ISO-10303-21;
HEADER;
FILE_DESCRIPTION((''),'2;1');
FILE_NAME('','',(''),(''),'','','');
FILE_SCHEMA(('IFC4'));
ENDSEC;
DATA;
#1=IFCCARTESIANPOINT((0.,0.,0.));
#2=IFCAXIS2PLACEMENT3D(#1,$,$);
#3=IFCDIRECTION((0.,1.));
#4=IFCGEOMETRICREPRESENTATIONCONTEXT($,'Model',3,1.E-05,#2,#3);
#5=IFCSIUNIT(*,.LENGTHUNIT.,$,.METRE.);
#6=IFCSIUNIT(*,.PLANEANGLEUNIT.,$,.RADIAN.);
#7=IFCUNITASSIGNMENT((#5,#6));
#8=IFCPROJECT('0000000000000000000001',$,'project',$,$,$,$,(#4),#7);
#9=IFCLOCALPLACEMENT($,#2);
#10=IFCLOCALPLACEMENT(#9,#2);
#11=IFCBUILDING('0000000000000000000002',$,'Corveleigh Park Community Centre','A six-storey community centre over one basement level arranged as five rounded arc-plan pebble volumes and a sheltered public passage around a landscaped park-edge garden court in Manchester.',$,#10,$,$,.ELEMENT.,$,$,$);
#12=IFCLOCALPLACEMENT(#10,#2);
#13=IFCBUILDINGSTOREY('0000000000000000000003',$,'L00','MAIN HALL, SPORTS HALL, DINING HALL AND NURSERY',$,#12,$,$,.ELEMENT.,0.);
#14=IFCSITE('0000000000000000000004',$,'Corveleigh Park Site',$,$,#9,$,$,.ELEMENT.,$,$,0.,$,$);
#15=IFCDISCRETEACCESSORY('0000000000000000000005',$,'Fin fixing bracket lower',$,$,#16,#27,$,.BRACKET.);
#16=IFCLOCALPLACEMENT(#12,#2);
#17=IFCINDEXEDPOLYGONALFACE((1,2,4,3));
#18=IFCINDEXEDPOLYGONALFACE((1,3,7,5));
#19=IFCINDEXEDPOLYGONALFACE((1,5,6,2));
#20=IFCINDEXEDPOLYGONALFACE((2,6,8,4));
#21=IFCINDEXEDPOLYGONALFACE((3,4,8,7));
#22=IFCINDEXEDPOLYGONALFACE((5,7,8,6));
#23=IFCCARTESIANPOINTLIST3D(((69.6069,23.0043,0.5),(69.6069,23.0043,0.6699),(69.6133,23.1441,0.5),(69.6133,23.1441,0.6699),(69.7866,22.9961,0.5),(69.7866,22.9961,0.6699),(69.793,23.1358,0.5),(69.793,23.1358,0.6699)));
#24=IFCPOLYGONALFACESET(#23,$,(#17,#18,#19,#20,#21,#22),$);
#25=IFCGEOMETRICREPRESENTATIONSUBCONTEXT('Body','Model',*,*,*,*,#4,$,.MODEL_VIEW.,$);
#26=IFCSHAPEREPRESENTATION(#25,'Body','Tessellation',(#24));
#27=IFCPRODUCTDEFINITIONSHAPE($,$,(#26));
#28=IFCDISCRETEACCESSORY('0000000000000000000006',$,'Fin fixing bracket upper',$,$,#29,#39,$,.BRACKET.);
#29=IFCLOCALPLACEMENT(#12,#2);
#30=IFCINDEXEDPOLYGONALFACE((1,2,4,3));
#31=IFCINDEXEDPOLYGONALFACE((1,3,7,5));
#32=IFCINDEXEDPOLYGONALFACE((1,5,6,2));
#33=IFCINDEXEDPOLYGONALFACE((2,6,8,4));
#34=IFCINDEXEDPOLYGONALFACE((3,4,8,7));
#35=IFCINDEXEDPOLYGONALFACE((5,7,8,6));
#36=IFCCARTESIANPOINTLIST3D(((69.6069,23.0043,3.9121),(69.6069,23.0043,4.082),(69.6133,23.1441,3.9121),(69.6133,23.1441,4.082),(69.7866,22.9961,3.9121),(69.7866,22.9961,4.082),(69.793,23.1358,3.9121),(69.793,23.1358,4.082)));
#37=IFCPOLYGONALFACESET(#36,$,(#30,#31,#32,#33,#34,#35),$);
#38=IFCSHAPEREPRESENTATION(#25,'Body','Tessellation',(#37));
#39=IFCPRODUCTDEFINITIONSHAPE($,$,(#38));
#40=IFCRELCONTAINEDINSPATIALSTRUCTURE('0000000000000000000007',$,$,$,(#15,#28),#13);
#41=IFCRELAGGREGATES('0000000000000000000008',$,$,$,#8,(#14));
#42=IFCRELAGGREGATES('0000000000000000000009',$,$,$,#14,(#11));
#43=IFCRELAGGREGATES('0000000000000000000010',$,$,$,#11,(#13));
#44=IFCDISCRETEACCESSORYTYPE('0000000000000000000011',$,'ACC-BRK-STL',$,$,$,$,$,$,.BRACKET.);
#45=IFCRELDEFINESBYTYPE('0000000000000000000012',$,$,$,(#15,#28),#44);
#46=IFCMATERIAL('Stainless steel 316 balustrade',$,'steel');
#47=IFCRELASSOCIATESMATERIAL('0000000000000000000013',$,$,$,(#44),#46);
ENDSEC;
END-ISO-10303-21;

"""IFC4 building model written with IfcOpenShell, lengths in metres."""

from ifc_helpers import new_model, si_unit, direction, frame, origin, origin_2d, place, context, subcontext, project, spatial, rectangle, extrude, material, type_object, element, save


model = new_model("IFC4")

# Units and contexts
model_context = context("Model", 3, precision=1e-05, world=origin(), true_north=direction((0.0, 1.0)))
body_context = subcontext(model_context, "Body", "Model", "MODEL_VIEW")
ifc_project = project(units=[si_unit("LENGTHUNIT", "METRE"), si_unit("PLANEANGLEUNIT", "RADIAN")], contexts=[model_context])

# Site, building, storey
site_placement = place(None, origin())
site = spatial("IfcSite", under=ifc_project, at=site_placement, Name="Corveleigh Park Site", CompositionType="ELEMENT", RefElevation=0.0)
building_placement = place(site_placement, origin())
building = spatial("IfcBuilding", under=site, at=building_placement, Name="Corveleigh Park Community Centre", Description="A six-storey community centre over one basement level arranged as five rounded arc-plan pebble volumes and a sheltered public passage around a landscaped park-edge garden court in Manchester.", CompositionType="ELEMENT")
storey_placement = place(building_placement, origin())
storey = spatial("IfcBuildingStorey", under=building, at=storey_placement, Name="L00", Description="MAIN HALL, SPORTS HALL, DINING HALL AND NURSERY", CompositionType="ELEMENT", Elevation=0.0)

# Discrete accessories
ifc_material_1 = material(Name="Stainless steel 316 balustrade", Category="steel")
discrete_accessory_type = type_object("IfcDiscreteAccessoryType", Name="ACC-BRK-STL", PredefinedType="BRACKET", material=ifc_material_1)
for number, where, z_axis, x_axis, name in (
    (1, (69.7, 23.0701, 0.5), (0.0, 0.0, 1.0), (-0.998943, 0.045971, 0.0), "Fin fixing bracket lower"),
    (2, (69.7, 23.0701, 3.9121), (0.0, 0.0, 1.0), (-0.998943, 0.045971, 0.0), "Fin fixing bracket upper"),
):
    element("IfcDiscreteAccessory", number, at=place(storey_placement, frame(where, z_axis=z_axis, x_axis=x_axis)), inside=storey, type_object=discrete_accessory_type, Name=name, PredefinedType="BRACKET", context=body_context, shape_type="SweptSolid", body=[
        extrude(rectangle(XDim=0.1799, YDim=0.1399, at=origin_2d()), origin(), (0.0, 0.0, 1.0), 0.1699),
    ])

save(model, "model.ifc")
